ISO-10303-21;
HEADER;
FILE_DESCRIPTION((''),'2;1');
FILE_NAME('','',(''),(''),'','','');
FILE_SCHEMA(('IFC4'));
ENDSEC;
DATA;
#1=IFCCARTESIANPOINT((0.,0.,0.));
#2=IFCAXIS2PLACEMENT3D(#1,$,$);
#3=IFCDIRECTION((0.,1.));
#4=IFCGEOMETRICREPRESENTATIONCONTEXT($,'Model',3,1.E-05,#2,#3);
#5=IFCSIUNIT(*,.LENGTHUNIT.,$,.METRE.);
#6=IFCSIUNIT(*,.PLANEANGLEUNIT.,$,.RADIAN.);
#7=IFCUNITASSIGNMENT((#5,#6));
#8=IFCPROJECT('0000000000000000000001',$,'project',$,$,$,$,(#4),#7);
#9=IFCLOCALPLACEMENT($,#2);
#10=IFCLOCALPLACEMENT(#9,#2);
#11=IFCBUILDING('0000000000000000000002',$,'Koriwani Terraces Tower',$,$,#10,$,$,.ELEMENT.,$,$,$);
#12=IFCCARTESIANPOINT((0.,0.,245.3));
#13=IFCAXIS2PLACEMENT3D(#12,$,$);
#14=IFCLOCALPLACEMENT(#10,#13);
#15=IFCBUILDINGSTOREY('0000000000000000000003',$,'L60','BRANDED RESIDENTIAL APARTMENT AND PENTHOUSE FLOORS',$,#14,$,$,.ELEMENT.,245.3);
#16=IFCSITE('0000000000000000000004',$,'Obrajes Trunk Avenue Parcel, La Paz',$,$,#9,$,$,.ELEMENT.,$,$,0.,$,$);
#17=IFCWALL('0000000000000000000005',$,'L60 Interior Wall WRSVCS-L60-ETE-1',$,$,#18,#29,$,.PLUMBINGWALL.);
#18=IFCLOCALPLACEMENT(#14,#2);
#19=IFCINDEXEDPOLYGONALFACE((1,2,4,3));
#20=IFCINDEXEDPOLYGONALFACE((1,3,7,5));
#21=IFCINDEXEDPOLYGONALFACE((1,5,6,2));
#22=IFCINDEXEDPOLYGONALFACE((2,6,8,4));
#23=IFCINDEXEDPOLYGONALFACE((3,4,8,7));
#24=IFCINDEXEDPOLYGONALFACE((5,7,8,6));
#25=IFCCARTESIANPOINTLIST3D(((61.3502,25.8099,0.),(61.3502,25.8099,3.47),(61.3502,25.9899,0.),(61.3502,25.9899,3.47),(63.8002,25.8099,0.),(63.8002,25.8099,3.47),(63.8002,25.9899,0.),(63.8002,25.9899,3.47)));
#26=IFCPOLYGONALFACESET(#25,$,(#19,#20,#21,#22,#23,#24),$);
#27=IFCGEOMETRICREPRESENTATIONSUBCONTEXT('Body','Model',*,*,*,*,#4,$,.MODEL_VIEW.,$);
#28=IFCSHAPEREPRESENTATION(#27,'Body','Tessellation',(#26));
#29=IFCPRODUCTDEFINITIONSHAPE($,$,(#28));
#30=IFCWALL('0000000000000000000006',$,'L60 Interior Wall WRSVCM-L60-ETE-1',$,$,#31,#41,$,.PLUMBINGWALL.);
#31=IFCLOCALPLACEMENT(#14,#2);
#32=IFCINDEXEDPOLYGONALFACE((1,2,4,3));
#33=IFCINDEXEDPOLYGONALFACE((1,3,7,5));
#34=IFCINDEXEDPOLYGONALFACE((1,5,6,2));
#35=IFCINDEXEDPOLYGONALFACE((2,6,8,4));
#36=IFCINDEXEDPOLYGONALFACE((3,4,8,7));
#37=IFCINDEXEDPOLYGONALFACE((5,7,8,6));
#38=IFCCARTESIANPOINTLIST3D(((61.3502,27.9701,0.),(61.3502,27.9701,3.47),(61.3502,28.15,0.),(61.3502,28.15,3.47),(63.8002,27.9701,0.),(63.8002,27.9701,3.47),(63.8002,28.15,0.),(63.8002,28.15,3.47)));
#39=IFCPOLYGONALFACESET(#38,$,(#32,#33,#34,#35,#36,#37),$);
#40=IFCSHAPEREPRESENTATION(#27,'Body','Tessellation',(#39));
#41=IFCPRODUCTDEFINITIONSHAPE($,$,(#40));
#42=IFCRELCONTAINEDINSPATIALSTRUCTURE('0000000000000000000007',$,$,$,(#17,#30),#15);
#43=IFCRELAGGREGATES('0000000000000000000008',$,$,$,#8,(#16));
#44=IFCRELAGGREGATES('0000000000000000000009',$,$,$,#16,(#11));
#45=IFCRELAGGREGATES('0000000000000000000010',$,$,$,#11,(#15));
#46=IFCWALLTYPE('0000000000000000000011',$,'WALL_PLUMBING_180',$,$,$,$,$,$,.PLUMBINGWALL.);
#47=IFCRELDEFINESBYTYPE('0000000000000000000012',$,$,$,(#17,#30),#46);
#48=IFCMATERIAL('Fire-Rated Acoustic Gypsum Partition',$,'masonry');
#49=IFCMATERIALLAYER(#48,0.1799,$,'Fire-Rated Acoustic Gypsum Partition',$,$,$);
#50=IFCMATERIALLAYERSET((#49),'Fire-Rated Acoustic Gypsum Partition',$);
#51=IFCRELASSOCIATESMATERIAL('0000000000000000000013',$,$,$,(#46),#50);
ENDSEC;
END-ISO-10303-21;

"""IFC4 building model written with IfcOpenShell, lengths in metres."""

from ifc_helpers import new_model, si_unit, direction, frame, frame_2d, origin, place, context, subcontext, project, spatial, rectangle, extrude, material, layer, layer_set, type_object, element, save


model = new_model("IFC4")

# Units and contexts
model_context = context("Model", 3, precision=1e-05, world=origin(), true_north=direction((0.0, 1.0)))
body_context = subcontext(model_context, "Body", "Model", "MODEL_VIEW")
ifc_project = project(units=[si_unit("LENGTHUNIT", "METRE"), si_unit("PLANEANGLEUNIT", "RADIAN")], contexts=[model_context])

# Site, building, storey
site_placement = place(None, origin())
site = spatial("IfcSite", under=ifc_project, at=site_placement, Name="Obrajes Trunk Avenue Parcel, La Paz", CompositionType="ELEMENT", RefElevation=0.0)
building_placement = place(site_placement, origin())
building = spatial("IfcBuilding", under=site, at=building_placement, Name="Koriwani Terraces Tower", CompositionType="ELEMENT")
storey_placement = place(building_placement, frame((0.0, 0.0, 245.3)))
storey = spatial("IfcBuildingStorey", under=building, at=storey_placement, Name="L60", Description="BRANDED RESIDENTIAL APARTMENT AND PENTHOUSE FLOORS", CompositionType="ELEMENT", Elevation=245.3)

# Shared definitions
ifc_material_1 = material(Name="Fire-Rated Acoustic Gypsum Partition", Category="masonry")
ifc_layer_1 = layer(ifc_material_1, 0.1799, Name="Fire-Rated Acoustic Gypsum Partition")
ifc_layer_set_1 = layer_set([ifc_layer_1], Name="Fire-Rated Acoustic Gypsum Partition")
wall_type_1 = type_object("IfcWallType", Name="WALL_PLUMBING_180", PredefinedType="PLUMBINGWALL", material=ifc_layer_set_1)

# Walls
for number, where, z_axis, x_axis, name in (
    (1, (61.3501, 25.8999, 0.0), (0.0, 0.0, 1.0), (1.0, 0.0, 0.0), "L60 Interior Wall WRSVCS-L60-ETE-1"),
    (2, (61.3501, 28.0601, 0.0), (0.0, 0.0, 1.0), (1.0, 0.0, 0.0), "L60 Interior Wall WRSVCM-L60-ETE-1"),
):
    element("IfcWall", number, at=place(storey_placement, frame(where, z_axis=z_axis, x_axis=x_axis)), inside=storey, type_object=wall_type_1, Name=name, PredefinedType="PLUMBINGWALL", context=body_context, shape_type="SweptSolid", body=[
        extrude(rectangle(XDim=2.45, YDim=0.1799, at=frame_2d((1.2251, 0.0))), origin(), (0.0, 0.0, 1.0), 3.47),
    ])

save(model, "model.ifc")
